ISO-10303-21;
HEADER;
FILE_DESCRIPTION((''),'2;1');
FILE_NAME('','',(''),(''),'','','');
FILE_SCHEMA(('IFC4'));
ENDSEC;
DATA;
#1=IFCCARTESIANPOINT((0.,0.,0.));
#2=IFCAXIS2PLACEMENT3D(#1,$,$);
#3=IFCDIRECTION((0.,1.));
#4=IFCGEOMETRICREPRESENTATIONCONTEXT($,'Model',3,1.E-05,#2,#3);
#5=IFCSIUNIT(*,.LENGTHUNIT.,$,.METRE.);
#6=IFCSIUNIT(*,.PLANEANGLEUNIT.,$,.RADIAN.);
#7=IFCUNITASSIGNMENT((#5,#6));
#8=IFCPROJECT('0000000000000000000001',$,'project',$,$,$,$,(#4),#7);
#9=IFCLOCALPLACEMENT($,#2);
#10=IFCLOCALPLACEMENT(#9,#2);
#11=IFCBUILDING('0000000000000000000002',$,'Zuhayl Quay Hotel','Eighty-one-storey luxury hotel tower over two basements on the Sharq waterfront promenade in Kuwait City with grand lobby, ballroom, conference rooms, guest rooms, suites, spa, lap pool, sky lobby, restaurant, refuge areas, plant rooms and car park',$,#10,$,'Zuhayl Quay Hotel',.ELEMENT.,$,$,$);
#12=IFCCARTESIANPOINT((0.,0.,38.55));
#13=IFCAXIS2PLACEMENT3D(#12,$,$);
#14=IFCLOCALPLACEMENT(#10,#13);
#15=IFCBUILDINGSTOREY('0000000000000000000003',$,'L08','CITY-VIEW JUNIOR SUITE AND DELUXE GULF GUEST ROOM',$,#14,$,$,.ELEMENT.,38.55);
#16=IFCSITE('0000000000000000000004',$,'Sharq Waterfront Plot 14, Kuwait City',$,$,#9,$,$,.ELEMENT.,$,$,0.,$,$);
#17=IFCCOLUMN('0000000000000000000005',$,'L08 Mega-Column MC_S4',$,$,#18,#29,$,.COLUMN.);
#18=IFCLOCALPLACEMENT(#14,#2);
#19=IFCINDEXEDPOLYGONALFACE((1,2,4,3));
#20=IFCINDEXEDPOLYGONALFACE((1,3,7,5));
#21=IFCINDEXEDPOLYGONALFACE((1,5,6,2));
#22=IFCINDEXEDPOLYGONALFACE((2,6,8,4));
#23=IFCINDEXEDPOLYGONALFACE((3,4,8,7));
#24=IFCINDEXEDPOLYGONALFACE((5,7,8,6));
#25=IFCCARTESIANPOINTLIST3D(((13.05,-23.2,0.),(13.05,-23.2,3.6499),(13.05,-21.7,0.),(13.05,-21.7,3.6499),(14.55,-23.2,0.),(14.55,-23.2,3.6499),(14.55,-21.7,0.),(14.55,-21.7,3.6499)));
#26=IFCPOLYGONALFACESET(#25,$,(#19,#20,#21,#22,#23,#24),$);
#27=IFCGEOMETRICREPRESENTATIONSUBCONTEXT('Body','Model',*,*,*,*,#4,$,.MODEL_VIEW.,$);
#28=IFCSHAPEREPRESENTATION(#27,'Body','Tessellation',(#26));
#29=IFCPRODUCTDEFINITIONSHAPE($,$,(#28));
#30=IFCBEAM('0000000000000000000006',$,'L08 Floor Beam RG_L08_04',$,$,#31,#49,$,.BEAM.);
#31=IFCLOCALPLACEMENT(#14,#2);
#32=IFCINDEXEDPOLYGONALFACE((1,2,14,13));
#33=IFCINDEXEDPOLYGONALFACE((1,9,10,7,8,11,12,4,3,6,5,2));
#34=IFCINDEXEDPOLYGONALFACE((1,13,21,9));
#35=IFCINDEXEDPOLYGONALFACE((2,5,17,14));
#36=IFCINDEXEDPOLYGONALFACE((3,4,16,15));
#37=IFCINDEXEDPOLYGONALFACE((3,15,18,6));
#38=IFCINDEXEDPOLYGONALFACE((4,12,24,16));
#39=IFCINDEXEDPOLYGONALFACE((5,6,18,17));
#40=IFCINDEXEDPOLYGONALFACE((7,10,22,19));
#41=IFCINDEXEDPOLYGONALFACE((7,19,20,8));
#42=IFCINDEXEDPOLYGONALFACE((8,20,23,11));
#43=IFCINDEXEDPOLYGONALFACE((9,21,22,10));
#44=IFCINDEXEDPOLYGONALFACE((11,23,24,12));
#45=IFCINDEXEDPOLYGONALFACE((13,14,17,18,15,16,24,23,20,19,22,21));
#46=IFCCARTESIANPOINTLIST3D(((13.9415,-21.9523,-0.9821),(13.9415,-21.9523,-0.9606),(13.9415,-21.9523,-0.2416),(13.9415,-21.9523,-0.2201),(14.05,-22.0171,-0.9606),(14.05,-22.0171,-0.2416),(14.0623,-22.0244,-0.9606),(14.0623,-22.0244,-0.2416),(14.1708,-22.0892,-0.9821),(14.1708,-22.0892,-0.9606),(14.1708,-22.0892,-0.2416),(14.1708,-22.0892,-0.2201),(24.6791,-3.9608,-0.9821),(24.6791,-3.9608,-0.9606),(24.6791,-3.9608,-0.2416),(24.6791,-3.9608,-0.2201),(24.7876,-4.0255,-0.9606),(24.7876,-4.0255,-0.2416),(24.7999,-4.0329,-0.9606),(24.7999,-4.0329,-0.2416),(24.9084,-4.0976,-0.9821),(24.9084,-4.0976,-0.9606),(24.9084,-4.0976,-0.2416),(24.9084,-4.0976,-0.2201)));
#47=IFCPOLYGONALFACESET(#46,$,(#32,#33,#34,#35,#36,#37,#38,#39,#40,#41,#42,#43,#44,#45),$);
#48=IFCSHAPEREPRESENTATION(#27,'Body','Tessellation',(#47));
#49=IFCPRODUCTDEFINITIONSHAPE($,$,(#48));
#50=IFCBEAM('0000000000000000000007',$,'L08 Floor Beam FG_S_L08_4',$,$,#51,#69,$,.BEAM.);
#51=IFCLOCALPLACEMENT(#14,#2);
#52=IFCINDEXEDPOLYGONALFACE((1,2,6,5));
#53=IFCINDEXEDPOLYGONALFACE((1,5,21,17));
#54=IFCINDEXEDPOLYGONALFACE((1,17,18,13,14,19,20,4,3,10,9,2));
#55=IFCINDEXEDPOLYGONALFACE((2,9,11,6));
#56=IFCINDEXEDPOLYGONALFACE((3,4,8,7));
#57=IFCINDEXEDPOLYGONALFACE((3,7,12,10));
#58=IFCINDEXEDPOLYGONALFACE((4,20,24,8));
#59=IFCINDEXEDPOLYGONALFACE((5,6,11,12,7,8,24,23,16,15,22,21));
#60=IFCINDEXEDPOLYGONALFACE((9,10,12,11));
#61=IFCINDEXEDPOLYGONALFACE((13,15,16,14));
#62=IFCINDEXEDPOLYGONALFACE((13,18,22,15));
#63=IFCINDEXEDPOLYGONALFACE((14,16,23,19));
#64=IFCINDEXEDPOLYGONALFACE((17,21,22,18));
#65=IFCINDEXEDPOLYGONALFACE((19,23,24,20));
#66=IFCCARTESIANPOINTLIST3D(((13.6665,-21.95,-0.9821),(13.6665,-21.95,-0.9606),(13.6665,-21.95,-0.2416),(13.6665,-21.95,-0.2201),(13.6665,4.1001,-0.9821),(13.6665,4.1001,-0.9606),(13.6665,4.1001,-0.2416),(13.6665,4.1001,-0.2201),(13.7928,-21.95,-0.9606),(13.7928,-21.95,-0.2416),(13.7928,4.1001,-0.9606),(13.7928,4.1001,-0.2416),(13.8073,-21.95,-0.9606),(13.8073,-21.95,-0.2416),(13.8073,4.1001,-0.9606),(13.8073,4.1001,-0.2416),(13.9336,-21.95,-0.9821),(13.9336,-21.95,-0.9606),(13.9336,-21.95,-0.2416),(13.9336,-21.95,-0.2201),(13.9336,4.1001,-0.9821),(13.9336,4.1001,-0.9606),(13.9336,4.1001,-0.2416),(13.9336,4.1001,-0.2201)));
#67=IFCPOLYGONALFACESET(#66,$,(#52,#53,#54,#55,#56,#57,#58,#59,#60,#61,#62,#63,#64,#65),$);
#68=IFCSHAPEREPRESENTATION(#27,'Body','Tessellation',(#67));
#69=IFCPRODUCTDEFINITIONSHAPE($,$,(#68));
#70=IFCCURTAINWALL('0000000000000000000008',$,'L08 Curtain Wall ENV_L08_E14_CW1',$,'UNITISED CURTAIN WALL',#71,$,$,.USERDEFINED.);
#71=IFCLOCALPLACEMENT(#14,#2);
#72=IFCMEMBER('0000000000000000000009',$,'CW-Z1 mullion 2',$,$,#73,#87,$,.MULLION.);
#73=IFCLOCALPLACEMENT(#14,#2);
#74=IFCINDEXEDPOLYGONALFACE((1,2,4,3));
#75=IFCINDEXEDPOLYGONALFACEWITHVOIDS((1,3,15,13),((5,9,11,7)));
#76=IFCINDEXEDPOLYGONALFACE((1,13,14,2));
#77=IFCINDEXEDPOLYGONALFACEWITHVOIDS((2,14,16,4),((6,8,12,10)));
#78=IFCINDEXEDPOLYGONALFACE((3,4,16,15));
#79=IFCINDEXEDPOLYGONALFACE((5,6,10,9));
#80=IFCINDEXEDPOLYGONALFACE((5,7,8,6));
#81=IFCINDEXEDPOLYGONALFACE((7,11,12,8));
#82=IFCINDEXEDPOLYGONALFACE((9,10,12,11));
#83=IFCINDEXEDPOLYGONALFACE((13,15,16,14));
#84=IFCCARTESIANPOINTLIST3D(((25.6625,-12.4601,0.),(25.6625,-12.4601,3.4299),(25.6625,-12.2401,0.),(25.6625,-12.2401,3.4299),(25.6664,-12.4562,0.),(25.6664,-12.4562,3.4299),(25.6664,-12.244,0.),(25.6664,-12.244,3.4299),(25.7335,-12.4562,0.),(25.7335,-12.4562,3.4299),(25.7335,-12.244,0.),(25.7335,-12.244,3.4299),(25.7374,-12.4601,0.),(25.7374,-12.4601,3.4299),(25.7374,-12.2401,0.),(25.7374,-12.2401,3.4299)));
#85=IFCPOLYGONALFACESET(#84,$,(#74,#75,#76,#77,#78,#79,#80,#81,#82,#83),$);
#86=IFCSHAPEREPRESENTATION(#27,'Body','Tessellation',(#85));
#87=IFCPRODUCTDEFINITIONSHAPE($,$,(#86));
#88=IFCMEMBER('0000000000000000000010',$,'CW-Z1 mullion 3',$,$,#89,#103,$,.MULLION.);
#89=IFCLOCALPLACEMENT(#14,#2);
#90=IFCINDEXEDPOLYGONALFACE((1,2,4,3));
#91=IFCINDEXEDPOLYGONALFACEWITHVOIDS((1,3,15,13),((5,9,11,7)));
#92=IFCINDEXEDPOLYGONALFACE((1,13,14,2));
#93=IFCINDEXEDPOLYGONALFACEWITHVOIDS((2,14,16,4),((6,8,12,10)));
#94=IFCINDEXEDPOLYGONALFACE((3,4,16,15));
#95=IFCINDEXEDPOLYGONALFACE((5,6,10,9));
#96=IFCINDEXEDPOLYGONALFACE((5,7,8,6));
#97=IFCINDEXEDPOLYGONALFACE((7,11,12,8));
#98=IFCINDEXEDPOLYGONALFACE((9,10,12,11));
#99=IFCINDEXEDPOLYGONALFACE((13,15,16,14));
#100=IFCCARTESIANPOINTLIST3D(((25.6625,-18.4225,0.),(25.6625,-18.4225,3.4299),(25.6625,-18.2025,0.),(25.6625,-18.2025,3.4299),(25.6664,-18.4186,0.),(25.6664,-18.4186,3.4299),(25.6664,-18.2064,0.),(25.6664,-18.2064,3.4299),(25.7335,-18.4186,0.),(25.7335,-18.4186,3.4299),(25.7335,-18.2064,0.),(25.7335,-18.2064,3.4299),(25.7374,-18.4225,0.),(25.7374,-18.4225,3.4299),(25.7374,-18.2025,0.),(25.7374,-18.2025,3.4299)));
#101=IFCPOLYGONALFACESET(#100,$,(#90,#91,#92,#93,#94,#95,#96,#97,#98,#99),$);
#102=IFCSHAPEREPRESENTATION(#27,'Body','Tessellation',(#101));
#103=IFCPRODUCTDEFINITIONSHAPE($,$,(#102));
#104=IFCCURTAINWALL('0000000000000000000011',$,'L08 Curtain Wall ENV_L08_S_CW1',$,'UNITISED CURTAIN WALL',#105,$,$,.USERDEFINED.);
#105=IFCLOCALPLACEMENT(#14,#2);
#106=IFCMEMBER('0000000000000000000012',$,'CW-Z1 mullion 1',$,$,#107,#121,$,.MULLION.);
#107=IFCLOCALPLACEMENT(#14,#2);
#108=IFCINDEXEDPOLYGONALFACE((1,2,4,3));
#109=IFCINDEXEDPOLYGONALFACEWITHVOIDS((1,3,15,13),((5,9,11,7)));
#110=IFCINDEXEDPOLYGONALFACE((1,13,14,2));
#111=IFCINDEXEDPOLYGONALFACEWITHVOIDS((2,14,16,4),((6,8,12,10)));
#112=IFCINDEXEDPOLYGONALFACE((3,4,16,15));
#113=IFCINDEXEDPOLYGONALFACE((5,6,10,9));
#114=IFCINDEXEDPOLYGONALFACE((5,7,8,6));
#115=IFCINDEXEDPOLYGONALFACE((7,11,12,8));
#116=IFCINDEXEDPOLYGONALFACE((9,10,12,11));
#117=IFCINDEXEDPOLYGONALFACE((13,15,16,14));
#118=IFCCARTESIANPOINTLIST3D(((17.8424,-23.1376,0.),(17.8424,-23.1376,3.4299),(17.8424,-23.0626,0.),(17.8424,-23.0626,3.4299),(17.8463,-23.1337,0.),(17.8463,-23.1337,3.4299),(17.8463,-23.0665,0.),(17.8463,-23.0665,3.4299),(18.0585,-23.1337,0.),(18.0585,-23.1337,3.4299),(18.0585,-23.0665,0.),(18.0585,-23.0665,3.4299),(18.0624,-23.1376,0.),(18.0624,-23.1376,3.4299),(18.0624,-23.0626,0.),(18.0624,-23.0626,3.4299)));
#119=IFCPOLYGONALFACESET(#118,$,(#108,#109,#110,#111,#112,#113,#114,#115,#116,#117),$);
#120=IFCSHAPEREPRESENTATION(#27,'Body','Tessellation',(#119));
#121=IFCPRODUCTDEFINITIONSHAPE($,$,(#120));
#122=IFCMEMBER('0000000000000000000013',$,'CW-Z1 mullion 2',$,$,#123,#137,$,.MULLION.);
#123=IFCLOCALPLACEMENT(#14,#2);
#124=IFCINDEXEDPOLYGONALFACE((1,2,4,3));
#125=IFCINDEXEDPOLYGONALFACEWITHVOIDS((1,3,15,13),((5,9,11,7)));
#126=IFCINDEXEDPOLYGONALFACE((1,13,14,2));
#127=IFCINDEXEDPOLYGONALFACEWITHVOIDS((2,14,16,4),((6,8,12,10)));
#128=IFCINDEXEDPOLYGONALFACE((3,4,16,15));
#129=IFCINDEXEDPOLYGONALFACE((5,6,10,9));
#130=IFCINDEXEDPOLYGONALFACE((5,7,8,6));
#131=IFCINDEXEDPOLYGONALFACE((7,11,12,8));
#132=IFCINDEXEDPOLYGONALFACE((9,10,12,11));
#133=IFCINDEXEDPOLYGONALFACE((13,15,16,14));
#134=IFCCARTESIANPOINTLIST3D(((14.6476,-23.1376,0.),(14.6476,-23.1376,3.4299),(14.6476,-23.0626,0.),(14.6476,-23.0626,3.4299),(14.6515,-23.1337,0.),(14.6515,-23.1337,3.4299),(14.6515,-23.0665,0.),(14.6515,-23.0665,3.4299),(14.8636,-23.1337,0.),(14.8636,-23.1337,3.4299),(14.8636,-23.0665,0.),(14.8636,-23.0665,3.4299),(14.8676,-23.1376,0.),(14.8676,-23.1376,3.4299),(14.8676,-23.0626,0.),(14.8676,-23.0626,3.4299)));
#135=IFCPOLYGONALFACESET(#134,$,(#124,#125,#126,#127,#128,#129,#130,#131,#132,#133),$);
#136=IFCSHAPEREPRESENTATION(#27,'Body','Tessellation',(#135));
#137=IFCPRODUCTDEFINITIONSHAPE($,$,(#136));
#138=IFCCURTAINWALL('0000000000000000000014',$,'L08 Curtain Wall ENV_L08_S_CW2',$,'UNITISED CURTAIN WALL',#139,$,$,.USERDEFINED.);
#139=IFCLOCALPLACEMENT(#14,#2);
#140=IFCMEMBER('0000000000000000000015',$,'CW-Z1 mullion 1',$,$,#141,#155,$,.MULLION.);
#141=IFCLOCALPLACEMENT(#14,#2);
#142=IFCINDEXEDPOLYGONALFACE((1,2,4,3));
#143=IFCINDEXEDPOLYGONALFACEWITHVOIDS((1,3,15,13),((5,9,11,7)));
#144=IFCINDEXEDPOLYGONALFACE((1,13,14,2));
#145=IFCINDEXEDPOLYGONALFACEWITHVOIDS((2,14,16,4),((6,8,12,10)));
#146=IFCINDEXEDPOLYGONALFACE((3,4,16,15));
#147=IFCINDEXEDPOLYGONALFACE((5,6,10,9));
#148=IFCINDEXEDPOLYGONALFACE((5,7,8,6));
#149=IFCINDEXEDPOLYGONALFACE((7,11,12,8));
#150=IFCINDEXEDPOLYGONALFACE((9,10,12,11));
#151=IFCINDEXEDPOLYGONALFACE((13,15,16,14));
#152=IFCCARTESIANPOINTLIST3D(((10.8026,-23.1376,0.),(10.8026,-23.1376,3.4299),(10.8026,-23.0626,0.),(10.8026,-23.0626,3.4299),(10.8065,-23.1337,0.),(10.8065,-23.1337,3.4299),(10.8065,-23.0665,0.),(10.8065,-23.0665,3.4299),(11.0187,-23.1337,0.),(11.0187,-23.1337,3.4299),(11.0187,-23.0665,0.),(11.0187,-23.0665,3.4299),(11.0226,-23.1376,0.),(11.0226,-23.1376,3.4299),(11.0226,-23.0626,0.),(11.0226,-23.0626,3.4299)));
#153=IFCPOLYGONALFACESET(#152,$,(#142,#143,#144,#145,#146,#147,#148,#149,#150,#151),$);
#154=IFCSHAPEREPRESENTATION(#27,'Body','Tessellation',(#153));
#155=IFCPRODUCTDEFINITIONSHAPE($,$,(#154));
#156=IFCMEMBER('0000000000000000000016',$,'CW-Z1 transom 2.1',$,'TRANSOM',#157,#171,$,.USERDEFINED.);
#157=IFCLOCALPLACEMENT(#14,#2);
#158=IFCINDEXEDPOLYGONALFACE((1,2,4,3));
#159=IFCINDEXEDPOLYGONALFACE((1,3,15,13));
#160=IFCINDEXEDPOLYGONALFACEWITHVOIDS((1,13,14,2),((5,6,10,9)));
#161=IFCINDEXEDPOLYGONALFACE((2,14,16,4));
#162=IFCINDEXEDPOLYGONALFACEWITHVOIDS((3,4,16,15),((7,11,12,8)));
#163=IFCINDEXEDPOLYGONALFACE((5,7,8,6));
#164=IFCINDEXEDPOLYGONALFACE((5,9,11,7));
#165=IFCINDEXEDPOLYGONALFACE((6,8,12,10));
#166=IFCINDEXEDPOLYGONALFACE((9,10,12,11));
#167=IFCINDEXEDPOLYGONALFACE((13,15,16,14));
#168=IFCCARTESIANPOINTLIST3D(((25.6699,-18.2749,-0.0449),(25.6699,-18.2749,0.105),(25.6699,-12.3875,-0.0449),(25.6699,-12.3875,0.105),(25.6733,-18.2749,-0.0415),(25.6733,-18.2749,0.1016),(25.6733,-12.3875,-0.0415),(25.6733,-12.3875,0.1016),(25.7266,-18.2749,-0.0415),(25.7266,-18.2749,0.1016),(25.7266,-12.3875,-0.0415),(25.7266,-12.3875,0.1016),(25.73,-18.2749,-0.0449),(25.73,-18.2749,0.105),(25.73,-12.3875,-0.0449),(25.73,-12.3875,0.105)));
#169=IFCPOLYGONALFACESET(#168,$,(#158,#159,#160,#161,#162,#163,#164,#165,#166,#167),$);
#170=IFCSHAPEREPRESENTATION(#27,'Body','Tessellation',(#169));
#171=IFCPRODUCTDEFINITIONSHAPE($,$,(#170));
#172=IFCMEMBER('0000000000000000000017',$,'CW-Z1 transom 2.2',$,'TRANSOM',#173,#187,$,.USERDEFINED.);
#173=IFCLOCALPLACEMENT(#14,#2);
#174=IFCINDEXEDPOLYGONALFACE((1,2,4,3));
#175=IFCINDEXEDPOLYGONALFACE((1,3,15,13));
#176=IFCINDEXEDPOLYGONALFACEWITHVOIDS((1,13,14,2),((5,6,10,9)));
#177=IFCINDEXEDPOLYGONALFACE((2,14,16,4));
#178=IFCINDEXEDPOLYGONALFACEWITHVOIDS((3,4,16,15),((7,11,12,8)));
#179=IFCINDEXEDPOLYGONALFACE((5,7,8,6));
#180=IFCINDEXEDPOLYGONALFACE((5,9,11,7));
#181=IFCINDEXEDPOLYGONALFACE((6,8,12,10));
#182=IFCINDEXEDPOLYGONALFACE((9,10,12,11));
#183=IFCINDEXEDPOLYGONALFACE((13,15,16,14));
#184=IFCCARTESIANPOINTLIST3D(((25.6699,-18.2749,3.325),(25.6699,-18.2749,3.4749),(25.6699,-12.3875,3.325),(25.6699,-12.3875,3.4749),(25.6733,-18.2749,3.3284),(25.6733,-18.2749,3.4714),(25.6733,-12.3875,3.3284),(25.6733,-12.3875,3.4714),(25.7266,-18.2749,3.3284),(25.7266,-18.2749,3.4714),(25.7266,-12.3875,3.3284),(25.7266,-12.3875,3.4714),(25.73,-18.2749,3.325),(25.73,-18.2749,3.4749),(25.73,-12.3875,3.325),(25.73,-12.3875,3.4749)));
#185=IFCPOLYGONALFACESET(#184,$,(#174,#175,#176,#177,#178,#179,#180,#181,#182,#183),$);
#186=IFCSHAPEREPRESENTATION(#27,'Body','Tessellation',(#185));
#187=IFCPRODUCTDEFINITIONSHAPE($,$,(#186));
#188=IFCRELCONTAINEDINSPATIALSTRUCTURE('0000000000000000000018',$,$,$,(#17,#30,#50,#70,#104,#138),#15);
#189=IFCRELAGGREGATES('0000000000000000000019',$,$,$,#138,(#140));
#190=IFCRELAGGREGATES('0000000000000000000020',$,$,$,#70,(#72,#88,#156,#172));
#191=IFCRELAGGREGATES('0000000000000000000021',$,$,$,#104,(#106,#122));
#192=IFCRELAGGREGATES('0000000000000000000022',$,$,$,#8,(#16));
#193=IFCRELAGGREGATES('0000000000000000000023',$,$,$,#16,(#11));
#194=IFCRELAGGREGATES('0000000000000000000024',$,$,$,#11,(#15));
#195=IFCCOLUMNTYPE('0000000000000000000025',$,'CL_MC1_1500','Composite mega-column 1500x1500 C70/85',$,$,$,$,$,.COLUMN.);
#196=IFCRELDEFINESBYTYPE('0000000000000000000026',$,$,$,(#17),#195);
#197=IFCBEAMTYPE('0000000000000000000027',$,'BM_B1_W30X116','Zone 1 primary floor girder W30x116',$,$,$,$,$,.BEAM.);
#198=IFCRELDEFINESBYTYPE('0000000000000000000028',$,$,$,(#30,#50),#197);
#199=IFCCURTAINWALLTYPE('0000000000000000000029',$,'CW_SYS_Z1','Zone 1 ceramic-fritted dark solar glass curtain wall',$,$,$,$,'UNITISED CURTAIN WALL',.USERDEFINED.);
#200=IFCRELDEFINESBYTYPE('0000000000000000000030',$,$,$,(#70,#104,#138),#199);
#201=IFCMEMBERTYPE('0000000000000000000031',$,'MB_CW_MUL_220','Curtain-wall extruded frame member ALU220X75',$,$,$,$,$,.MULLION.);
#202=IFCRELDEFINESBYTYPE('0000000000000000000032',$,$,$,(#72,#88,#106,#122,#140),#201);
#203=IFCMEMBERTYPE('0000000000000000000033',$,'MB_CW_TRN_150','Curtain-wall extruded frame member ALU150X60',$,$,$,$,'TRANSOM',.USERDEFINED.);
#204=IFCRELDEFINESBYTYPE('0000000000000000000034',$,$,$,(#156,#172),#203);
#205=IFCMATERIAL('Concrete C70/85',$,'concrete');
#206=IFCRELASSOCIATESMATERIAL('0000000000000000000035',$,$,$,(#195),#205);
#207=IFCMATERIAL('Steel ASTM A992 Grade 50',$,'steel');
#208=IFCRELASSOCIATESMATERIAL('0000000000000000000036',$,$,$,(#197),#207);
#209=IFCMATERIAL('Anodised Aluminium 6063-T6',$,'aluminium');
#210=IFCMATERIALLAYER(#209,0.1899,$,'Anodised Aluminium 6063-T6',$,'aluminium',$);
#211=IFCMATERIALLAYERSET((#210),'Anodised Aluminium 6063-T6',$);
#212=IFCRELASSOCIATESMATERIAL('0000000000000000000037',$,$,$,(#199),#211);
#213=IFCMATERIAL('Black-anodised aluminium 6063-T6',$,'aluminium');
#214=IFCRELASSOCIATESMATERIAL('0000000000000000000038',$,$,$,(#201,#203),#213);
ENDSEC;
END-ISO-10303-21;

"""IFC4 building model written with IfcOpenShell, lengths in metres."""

from ifc_helpers import new_model, si_unit, direction, frame, origin, origin_2d, place, context, subcontext, project, spatial, rectangle, hollow_rectangle, i_section, extrude, material, layer, layer_set, material_profile, profile_set, type_object, element, aggregate, save


model = new_model("IFC4")

# Units and contexts
model_context = context("Model", 3, precision=1e-05, world=origin(), true_north=direction((0.0, 1.0)))
body_context = subcontext(model_context, "Body", "Model", "MODEL_VIEW")
ifc_project = project(units=[si_unit("LENGTHUNIT", "METRE"), si_unit("PLANEANGLEUNIT", "RADIAN")], contexts=[model_context])

# Site, building, storey
site_placement = place(None, origin())
site = spatial("IfcSite", under=ifc_project, at=site_placement, Name="Sharq Waterfront Plot 14, Kuwait City", CompositionType="ELEMENT", RefElevation=0.0)
building_placement = place(site_placement, origin())
building = spatial("IfcBuilding", under=site, at=building_placement, Name="Zuhayl Quay Hotel", Description="Eighty-one-storey luxury hotel tower over two basements on the Sharq waterfront promenade in Kuwait City with grand lobby, ballroom, conference rooms, guest rooms, suites, spa, lap pool, sky lobby, restaurant, refuge areas, plant rooms and car park", LongName="Zuhayl Quay Hotel", CompositionType="ELEMENT")
storey_placement = place(building_placement, frame((0.0, 0.0, 38.55)))
storey = spatial("IfcBuildingStorey", under=building, at=storey_placement, Name="L08", Description="CITY-VIEW JUNIOR SUITE AND DELUXE GULF GUEST ROOM", CompositionType="ELEMENT", Elevation=38.55)

# Column
ifc_material_1 = material(Name="Concrete C70/85", Category="concrete")
ifc_material_profile_1 = material_profile(ifc_material_1, rectangle(XDim=1.5, YDim=1.5, at=origin_2d()), Name="RC1500X1500")
ifc_profile_set_1 = profile_set([ifc_material_profile_1], Name="Concrete C70/85")
column_type = type_object("IfcColumnType", Name="CL_MC1_1500", Description="Composite mega-column 1500x1500 C70/85", PredefinedType="COLUMN", material=ifc_profile_set_1)
column_placement = place(storey_placement, frame((13.8, -22.45, 0.0), z_axis=(0.0, 0.0, 1.0), x_axis=(1.0, 0.0, 0.0)))
element("IfcColumn", 1, at=column_placement, inside=storey, type_object=column_type, Name="L08 Mega-Column MC_S4", PredefinedType="COLUMN", context=body_context, shape_type="SweptSolid", body=[
    extrude(rectangle(XDim=1.5, YDim=1.5, at=origin_2d()), origin(), (0.0, 0.0, 1.0), 3.6499),
])

# Beams
ifc_material_2 = material(Name="Steel ASTM A992 Grade 50", Category="steel")
ifc_material_profile_2 = material_profile(ifc_material_2, i_section(OverallWidth=0.2671, OverallDepth=0.762, WebThickness=0.0144, FlangeThickness=0.0215, at=origin_2d()), Name="W30X116")
ifc_profile_set_2 = profile_set([ifc_material_profile_2], Name="Steel ASTM A992 Grade 50")
beam_type = type_object("IfcBeamType", Name="BM_B1_W30X116", Description="Zone 1 primary floor girder W30x116", PredefinedType="BEAM", material=ifc_profile_set_2)
beam_1_placement = place(storey_placement, frame((14.0562, -22.0208, -0.6011), z_axis=(0.512483, 0.858698, 0.0), x_axis=(-0.858698, 0.512483, 0.0)))
element("IfcBeam", 2, at=beam_1_placement, inside=storey, type_object=beam_type, Name="L08 Floor Beam RG_L08_04", PredefinedType="BEAM", context=body_context, shape_type="SweptSolid", body=[
    extrude(i_section(OverallWidth=0.2671, OverallDepth=0.762, WebThickness=0.0144, FlangeThickness=0.0215, at=origin_2d()), origin(), (0.0, 0.0, 1.0), 20.9521),
])
beam_2_placement = place(storey_placement, frame((13.8, -21.95, -0.6011), z_axis=(0.0, 1.0, 0.0), x_axis=(-1.0, 0.0, 0.0)))
element("IfcBeam", 3, at=beam_2_placement, inside=storey, type_object=beam_type, Name="L08 Floor Beam FG_S_L08_4", PredefinedType="BEAM", context=body_context, shape_type="SweptSolid", body=[
    extrude(i_section(OverallWidth=0.2671, OverallDepth=0.762, WebThickness=0.0144, FlangeThickness=0.0215, at=origin_2d()), origin(), (0.0, 0.0, 1.0), 26.05),
])

# Curtain walls, members
ifc_material_3 = material(Name="Anodised Aluminium 6063-T6", Category="aluminium")
ifc_layer_1 = layer(ifc_material_3, 0.1899, Name="Anodised Aluminium 6063-T6", Category="aluminium")
ifc_layer_set_1 = layer_set([ifc_layer_1], Name="Anodised Aluminium 6063-T6")
curtain_wall_type = type_object("IfcCurtainWallType", Name="CW_SYS_Z1", Description="Zone 1 ceramic-fritted dark solar glass curtain wall", ElementType="UNITISED CURTAIN WALL", PredefinedType="USERDEFINED", material=ifc_layer_set_1)
curtain_wall_1_placement = place(storey_placement, origin())
curtain_wall_1 = element("IfcCurtainWall", 4, at=curtain_wall_1_placement, inside=storey, type_object=curtain_wall_type, Name="L08 Curtain Wall ENV_L08_E14_CW1", ObjectType="UNITISED CURTAIN WALL", PredefinedType="USERDEFINED")
ifc_material_4 = material(Name="Black-anodised aluminium 6063-T6", Category="aluminium")
ifc_material_profile_3 = material_profile(ifc_material_4, hollow_rectangle(XDim=0.075, YDim=0.22, WallThickness=0.0039, at=origin_2d()), Name="ALU220X75")
ifc_profile_set_3 = profile_set([ifc_material_profile_3], Name="Black-anodised aluminium 6063-T6")
member_type_1 = type_object("IfcMemberType", Name="MB_CW_MUL_220", Description="Curtain-wall extruded frame member ALU220X75", PredefinedType="MULLION", material=ifc_profile_set_3)
member_1_placement = place(storey_placement, frame((25.7, -12.3501, 0.0), z_axis=(0.0, 0.0, 1.0), x_axis=(1.0, 0.0, 0.0)))
member_1 = element("IfcMember", 5, at=member_1_placement, type_object=member_type_1, Name="CW-Z1 mullion 2", PredefinedType="MULLION", context=body_context, shape_type="SweptSolid", body=[
    extrude(hollow_rectangle(XDim=0.075, YDim=0.22, WallThickness=0.0039, at=origin_2d()), origin(), (0.0, 0.0, 1.0), 3.4299),
])
member_2_placement = place(storey_placement, frame((25.7, -18.3125, 0.0), z_axis=(0.0, 0.0, 1.0), x_axis=(1.0, 0.0, 0.0)))
member_2 = element("IfcMember", 6, at=member_2_placement, type_object=member_type_1, Name="CW-Z1 mullion 3", PredefinedType="MULLION", context=body_context, shape_type="SweptSolid", body=[
    extrude(hollow_rectangle(XDim=0.075, YDim=0.22, WallThickness=0.0039, at=origin_2d()), origin(), (0.0, 0.0, 1.0), 3.4299),
])
curtain_wall_2_placement = place(storey_placement, origin())
curtain_wall_2 = element("IfcCurtainWall", 7, at=curtain_wall_2_placement, inside=storey, type_object=curtain_wall_type, Name="L08 Curtain Wall ENV_L08_S_CW1", ObjectType="UNITISED CURTAIN WALL", PredefinedType="USERDEFINED")
member_3_placement = place(storey_placement, frame((17.9524, -23.1001, 0.0), z_axis=(0.0, 0.0, 1.0), x_axis=(0.0, -1.0, 0.0)))
member_3 = element("IfcMember", 8, at=member_3_placement, type_object=member_type_1, Name="CW-Z1 mullion 1", PredefinedType="MULLION", context=body_context, shape_type="SweptSolid", body=[
    extrude(hollow_rectangle(XDim=0.075, YDim=0.22, WallThickness=0.0039, at=origin_2d()), origin(), (0.0, 0.0, 1.0), 3.4299),
])
member_4_placement = place(storey_placement, frame((14.7576, -23.1001, 0.0), z_axis=(0.0, 0.0, 1.0), x_axis=(0.0, -1.0, 0.0)))
member_4 = element("IfcMember", 9, at=member_4_placement, type_object=member_type_1, Name="CW-Z1 mullion 2", PredefinedType="MULLION", context=body_context, shape_type="SweptSolid", body=[
    extrude(hollow_rectangle(XDim=0.075, YDim=0.22, WallThickness=0.0039, at=origin_2d()), origin(), (0.0, 0.0, 1.0), 3.4299),
])

# Curtain wall, member
curtain_wall_3_placement = place(storey_placement, origin())
curtain_wall_3 = element("IfcCurtainWall", 10, at=curtain_wall_3_placement, inside=storey, type_object=curtain_wall_type, Name="L08 Curtain Wall ENV_L08_S_CW2", ObjectType="UNITISED CURTAIN WALL", PredefinedType="USERDEFINED")
member_5_placement = place(storey_placement, frame((10.9126, -23.1001, 0.0), z_axis=(0.0, 0.0, 1.0), x_axis=(0.0, -1.0, 0.0)))
member_5 = element("IfcMember", 11, at=member_5_placement, type_object=member_type_1, Name="CW-Z1 mullion 1", PredefinedType="MULLION", context=body_context, shape_type="SweptSolid", body=[
    extrude(hollow_rectangle(XDim=0.075, YDim=0.22, WallThickness=0.0039, at=origin_2d()), origin(), (0.0, 0.0, 1.0), 3.4299),
])

# Members
ifc_material_profile_4 = material_profile(ifc_material_4, hollow_rectangle(XDim=0.0601, YDim=0.1499, WallThickness=0.0034, at=origin_2d()), Name="ALU150X60")
ifc_profile_set_4 = profile_set([ifc_material_profile_4], Name="Black-anodised aluminium 6063-T6")
member_type_2 = type_object("IfcMemberType", Name="MB_CW_TRN_150", Description="Curtain-wall extruded frame member ALU150X60", ElementType="TRANSOM", PredefinedType="USERDEFINED", material=ifc_profile_set_4)
member_6_placement = place(storey_placement, frame((25.7, -12.3875, 0.03), z_axis=(0.0, -1.0, 0.0), x_axis=(1.0, 0.0, 0.0)))
member_6 = element("IfcMember", 12, at=member_6_placement, type_object=member_type_2, Name="CW-Z1 transom 2.1", ObjectType="TRANSOM", PredefinedType="USERDEFINED", context=body_context, shape_type="SweptSolid", body=[
    extrude(hollow_rectangle(XDim=0.0601, YDim=0.1499, WallThickness=0.0034, at=origin_2d()), origin(), (0.0, 0.0, 1.0), 5.8875),
])
member_7_placement = place(storey_placement, frame((25.7, -12.3875, 3.3999), z_axis=(0.0, -1.0, 0.0), x_axis=(1.0, 0.0, 0.0)))
member_7 = element("IfcMember", 13, at=member_7_placement, type_object=member_type_2, Name="CW-Z1 transom 2.2", ObjectType="TRANSOM", PredefinedType="USERDEFINED", context=body_context, shape_type="SweptSolid", body=[
    extrude(hollow_rectangle(XDim=0.0601, YDim=0.1499, WallThickness=0.0034, at=origin_2d()), origin(), (0.0, 0.0, 1.0), 5.8875),
])
aggregate(curtain_wall_3, [member_5])

aggregate(curtain_wall_1, [member_1, member_2, member_6, member_7])
aggregate(curtain_wall_2, [member_3, member_4])

save(model, "model.ifc")
